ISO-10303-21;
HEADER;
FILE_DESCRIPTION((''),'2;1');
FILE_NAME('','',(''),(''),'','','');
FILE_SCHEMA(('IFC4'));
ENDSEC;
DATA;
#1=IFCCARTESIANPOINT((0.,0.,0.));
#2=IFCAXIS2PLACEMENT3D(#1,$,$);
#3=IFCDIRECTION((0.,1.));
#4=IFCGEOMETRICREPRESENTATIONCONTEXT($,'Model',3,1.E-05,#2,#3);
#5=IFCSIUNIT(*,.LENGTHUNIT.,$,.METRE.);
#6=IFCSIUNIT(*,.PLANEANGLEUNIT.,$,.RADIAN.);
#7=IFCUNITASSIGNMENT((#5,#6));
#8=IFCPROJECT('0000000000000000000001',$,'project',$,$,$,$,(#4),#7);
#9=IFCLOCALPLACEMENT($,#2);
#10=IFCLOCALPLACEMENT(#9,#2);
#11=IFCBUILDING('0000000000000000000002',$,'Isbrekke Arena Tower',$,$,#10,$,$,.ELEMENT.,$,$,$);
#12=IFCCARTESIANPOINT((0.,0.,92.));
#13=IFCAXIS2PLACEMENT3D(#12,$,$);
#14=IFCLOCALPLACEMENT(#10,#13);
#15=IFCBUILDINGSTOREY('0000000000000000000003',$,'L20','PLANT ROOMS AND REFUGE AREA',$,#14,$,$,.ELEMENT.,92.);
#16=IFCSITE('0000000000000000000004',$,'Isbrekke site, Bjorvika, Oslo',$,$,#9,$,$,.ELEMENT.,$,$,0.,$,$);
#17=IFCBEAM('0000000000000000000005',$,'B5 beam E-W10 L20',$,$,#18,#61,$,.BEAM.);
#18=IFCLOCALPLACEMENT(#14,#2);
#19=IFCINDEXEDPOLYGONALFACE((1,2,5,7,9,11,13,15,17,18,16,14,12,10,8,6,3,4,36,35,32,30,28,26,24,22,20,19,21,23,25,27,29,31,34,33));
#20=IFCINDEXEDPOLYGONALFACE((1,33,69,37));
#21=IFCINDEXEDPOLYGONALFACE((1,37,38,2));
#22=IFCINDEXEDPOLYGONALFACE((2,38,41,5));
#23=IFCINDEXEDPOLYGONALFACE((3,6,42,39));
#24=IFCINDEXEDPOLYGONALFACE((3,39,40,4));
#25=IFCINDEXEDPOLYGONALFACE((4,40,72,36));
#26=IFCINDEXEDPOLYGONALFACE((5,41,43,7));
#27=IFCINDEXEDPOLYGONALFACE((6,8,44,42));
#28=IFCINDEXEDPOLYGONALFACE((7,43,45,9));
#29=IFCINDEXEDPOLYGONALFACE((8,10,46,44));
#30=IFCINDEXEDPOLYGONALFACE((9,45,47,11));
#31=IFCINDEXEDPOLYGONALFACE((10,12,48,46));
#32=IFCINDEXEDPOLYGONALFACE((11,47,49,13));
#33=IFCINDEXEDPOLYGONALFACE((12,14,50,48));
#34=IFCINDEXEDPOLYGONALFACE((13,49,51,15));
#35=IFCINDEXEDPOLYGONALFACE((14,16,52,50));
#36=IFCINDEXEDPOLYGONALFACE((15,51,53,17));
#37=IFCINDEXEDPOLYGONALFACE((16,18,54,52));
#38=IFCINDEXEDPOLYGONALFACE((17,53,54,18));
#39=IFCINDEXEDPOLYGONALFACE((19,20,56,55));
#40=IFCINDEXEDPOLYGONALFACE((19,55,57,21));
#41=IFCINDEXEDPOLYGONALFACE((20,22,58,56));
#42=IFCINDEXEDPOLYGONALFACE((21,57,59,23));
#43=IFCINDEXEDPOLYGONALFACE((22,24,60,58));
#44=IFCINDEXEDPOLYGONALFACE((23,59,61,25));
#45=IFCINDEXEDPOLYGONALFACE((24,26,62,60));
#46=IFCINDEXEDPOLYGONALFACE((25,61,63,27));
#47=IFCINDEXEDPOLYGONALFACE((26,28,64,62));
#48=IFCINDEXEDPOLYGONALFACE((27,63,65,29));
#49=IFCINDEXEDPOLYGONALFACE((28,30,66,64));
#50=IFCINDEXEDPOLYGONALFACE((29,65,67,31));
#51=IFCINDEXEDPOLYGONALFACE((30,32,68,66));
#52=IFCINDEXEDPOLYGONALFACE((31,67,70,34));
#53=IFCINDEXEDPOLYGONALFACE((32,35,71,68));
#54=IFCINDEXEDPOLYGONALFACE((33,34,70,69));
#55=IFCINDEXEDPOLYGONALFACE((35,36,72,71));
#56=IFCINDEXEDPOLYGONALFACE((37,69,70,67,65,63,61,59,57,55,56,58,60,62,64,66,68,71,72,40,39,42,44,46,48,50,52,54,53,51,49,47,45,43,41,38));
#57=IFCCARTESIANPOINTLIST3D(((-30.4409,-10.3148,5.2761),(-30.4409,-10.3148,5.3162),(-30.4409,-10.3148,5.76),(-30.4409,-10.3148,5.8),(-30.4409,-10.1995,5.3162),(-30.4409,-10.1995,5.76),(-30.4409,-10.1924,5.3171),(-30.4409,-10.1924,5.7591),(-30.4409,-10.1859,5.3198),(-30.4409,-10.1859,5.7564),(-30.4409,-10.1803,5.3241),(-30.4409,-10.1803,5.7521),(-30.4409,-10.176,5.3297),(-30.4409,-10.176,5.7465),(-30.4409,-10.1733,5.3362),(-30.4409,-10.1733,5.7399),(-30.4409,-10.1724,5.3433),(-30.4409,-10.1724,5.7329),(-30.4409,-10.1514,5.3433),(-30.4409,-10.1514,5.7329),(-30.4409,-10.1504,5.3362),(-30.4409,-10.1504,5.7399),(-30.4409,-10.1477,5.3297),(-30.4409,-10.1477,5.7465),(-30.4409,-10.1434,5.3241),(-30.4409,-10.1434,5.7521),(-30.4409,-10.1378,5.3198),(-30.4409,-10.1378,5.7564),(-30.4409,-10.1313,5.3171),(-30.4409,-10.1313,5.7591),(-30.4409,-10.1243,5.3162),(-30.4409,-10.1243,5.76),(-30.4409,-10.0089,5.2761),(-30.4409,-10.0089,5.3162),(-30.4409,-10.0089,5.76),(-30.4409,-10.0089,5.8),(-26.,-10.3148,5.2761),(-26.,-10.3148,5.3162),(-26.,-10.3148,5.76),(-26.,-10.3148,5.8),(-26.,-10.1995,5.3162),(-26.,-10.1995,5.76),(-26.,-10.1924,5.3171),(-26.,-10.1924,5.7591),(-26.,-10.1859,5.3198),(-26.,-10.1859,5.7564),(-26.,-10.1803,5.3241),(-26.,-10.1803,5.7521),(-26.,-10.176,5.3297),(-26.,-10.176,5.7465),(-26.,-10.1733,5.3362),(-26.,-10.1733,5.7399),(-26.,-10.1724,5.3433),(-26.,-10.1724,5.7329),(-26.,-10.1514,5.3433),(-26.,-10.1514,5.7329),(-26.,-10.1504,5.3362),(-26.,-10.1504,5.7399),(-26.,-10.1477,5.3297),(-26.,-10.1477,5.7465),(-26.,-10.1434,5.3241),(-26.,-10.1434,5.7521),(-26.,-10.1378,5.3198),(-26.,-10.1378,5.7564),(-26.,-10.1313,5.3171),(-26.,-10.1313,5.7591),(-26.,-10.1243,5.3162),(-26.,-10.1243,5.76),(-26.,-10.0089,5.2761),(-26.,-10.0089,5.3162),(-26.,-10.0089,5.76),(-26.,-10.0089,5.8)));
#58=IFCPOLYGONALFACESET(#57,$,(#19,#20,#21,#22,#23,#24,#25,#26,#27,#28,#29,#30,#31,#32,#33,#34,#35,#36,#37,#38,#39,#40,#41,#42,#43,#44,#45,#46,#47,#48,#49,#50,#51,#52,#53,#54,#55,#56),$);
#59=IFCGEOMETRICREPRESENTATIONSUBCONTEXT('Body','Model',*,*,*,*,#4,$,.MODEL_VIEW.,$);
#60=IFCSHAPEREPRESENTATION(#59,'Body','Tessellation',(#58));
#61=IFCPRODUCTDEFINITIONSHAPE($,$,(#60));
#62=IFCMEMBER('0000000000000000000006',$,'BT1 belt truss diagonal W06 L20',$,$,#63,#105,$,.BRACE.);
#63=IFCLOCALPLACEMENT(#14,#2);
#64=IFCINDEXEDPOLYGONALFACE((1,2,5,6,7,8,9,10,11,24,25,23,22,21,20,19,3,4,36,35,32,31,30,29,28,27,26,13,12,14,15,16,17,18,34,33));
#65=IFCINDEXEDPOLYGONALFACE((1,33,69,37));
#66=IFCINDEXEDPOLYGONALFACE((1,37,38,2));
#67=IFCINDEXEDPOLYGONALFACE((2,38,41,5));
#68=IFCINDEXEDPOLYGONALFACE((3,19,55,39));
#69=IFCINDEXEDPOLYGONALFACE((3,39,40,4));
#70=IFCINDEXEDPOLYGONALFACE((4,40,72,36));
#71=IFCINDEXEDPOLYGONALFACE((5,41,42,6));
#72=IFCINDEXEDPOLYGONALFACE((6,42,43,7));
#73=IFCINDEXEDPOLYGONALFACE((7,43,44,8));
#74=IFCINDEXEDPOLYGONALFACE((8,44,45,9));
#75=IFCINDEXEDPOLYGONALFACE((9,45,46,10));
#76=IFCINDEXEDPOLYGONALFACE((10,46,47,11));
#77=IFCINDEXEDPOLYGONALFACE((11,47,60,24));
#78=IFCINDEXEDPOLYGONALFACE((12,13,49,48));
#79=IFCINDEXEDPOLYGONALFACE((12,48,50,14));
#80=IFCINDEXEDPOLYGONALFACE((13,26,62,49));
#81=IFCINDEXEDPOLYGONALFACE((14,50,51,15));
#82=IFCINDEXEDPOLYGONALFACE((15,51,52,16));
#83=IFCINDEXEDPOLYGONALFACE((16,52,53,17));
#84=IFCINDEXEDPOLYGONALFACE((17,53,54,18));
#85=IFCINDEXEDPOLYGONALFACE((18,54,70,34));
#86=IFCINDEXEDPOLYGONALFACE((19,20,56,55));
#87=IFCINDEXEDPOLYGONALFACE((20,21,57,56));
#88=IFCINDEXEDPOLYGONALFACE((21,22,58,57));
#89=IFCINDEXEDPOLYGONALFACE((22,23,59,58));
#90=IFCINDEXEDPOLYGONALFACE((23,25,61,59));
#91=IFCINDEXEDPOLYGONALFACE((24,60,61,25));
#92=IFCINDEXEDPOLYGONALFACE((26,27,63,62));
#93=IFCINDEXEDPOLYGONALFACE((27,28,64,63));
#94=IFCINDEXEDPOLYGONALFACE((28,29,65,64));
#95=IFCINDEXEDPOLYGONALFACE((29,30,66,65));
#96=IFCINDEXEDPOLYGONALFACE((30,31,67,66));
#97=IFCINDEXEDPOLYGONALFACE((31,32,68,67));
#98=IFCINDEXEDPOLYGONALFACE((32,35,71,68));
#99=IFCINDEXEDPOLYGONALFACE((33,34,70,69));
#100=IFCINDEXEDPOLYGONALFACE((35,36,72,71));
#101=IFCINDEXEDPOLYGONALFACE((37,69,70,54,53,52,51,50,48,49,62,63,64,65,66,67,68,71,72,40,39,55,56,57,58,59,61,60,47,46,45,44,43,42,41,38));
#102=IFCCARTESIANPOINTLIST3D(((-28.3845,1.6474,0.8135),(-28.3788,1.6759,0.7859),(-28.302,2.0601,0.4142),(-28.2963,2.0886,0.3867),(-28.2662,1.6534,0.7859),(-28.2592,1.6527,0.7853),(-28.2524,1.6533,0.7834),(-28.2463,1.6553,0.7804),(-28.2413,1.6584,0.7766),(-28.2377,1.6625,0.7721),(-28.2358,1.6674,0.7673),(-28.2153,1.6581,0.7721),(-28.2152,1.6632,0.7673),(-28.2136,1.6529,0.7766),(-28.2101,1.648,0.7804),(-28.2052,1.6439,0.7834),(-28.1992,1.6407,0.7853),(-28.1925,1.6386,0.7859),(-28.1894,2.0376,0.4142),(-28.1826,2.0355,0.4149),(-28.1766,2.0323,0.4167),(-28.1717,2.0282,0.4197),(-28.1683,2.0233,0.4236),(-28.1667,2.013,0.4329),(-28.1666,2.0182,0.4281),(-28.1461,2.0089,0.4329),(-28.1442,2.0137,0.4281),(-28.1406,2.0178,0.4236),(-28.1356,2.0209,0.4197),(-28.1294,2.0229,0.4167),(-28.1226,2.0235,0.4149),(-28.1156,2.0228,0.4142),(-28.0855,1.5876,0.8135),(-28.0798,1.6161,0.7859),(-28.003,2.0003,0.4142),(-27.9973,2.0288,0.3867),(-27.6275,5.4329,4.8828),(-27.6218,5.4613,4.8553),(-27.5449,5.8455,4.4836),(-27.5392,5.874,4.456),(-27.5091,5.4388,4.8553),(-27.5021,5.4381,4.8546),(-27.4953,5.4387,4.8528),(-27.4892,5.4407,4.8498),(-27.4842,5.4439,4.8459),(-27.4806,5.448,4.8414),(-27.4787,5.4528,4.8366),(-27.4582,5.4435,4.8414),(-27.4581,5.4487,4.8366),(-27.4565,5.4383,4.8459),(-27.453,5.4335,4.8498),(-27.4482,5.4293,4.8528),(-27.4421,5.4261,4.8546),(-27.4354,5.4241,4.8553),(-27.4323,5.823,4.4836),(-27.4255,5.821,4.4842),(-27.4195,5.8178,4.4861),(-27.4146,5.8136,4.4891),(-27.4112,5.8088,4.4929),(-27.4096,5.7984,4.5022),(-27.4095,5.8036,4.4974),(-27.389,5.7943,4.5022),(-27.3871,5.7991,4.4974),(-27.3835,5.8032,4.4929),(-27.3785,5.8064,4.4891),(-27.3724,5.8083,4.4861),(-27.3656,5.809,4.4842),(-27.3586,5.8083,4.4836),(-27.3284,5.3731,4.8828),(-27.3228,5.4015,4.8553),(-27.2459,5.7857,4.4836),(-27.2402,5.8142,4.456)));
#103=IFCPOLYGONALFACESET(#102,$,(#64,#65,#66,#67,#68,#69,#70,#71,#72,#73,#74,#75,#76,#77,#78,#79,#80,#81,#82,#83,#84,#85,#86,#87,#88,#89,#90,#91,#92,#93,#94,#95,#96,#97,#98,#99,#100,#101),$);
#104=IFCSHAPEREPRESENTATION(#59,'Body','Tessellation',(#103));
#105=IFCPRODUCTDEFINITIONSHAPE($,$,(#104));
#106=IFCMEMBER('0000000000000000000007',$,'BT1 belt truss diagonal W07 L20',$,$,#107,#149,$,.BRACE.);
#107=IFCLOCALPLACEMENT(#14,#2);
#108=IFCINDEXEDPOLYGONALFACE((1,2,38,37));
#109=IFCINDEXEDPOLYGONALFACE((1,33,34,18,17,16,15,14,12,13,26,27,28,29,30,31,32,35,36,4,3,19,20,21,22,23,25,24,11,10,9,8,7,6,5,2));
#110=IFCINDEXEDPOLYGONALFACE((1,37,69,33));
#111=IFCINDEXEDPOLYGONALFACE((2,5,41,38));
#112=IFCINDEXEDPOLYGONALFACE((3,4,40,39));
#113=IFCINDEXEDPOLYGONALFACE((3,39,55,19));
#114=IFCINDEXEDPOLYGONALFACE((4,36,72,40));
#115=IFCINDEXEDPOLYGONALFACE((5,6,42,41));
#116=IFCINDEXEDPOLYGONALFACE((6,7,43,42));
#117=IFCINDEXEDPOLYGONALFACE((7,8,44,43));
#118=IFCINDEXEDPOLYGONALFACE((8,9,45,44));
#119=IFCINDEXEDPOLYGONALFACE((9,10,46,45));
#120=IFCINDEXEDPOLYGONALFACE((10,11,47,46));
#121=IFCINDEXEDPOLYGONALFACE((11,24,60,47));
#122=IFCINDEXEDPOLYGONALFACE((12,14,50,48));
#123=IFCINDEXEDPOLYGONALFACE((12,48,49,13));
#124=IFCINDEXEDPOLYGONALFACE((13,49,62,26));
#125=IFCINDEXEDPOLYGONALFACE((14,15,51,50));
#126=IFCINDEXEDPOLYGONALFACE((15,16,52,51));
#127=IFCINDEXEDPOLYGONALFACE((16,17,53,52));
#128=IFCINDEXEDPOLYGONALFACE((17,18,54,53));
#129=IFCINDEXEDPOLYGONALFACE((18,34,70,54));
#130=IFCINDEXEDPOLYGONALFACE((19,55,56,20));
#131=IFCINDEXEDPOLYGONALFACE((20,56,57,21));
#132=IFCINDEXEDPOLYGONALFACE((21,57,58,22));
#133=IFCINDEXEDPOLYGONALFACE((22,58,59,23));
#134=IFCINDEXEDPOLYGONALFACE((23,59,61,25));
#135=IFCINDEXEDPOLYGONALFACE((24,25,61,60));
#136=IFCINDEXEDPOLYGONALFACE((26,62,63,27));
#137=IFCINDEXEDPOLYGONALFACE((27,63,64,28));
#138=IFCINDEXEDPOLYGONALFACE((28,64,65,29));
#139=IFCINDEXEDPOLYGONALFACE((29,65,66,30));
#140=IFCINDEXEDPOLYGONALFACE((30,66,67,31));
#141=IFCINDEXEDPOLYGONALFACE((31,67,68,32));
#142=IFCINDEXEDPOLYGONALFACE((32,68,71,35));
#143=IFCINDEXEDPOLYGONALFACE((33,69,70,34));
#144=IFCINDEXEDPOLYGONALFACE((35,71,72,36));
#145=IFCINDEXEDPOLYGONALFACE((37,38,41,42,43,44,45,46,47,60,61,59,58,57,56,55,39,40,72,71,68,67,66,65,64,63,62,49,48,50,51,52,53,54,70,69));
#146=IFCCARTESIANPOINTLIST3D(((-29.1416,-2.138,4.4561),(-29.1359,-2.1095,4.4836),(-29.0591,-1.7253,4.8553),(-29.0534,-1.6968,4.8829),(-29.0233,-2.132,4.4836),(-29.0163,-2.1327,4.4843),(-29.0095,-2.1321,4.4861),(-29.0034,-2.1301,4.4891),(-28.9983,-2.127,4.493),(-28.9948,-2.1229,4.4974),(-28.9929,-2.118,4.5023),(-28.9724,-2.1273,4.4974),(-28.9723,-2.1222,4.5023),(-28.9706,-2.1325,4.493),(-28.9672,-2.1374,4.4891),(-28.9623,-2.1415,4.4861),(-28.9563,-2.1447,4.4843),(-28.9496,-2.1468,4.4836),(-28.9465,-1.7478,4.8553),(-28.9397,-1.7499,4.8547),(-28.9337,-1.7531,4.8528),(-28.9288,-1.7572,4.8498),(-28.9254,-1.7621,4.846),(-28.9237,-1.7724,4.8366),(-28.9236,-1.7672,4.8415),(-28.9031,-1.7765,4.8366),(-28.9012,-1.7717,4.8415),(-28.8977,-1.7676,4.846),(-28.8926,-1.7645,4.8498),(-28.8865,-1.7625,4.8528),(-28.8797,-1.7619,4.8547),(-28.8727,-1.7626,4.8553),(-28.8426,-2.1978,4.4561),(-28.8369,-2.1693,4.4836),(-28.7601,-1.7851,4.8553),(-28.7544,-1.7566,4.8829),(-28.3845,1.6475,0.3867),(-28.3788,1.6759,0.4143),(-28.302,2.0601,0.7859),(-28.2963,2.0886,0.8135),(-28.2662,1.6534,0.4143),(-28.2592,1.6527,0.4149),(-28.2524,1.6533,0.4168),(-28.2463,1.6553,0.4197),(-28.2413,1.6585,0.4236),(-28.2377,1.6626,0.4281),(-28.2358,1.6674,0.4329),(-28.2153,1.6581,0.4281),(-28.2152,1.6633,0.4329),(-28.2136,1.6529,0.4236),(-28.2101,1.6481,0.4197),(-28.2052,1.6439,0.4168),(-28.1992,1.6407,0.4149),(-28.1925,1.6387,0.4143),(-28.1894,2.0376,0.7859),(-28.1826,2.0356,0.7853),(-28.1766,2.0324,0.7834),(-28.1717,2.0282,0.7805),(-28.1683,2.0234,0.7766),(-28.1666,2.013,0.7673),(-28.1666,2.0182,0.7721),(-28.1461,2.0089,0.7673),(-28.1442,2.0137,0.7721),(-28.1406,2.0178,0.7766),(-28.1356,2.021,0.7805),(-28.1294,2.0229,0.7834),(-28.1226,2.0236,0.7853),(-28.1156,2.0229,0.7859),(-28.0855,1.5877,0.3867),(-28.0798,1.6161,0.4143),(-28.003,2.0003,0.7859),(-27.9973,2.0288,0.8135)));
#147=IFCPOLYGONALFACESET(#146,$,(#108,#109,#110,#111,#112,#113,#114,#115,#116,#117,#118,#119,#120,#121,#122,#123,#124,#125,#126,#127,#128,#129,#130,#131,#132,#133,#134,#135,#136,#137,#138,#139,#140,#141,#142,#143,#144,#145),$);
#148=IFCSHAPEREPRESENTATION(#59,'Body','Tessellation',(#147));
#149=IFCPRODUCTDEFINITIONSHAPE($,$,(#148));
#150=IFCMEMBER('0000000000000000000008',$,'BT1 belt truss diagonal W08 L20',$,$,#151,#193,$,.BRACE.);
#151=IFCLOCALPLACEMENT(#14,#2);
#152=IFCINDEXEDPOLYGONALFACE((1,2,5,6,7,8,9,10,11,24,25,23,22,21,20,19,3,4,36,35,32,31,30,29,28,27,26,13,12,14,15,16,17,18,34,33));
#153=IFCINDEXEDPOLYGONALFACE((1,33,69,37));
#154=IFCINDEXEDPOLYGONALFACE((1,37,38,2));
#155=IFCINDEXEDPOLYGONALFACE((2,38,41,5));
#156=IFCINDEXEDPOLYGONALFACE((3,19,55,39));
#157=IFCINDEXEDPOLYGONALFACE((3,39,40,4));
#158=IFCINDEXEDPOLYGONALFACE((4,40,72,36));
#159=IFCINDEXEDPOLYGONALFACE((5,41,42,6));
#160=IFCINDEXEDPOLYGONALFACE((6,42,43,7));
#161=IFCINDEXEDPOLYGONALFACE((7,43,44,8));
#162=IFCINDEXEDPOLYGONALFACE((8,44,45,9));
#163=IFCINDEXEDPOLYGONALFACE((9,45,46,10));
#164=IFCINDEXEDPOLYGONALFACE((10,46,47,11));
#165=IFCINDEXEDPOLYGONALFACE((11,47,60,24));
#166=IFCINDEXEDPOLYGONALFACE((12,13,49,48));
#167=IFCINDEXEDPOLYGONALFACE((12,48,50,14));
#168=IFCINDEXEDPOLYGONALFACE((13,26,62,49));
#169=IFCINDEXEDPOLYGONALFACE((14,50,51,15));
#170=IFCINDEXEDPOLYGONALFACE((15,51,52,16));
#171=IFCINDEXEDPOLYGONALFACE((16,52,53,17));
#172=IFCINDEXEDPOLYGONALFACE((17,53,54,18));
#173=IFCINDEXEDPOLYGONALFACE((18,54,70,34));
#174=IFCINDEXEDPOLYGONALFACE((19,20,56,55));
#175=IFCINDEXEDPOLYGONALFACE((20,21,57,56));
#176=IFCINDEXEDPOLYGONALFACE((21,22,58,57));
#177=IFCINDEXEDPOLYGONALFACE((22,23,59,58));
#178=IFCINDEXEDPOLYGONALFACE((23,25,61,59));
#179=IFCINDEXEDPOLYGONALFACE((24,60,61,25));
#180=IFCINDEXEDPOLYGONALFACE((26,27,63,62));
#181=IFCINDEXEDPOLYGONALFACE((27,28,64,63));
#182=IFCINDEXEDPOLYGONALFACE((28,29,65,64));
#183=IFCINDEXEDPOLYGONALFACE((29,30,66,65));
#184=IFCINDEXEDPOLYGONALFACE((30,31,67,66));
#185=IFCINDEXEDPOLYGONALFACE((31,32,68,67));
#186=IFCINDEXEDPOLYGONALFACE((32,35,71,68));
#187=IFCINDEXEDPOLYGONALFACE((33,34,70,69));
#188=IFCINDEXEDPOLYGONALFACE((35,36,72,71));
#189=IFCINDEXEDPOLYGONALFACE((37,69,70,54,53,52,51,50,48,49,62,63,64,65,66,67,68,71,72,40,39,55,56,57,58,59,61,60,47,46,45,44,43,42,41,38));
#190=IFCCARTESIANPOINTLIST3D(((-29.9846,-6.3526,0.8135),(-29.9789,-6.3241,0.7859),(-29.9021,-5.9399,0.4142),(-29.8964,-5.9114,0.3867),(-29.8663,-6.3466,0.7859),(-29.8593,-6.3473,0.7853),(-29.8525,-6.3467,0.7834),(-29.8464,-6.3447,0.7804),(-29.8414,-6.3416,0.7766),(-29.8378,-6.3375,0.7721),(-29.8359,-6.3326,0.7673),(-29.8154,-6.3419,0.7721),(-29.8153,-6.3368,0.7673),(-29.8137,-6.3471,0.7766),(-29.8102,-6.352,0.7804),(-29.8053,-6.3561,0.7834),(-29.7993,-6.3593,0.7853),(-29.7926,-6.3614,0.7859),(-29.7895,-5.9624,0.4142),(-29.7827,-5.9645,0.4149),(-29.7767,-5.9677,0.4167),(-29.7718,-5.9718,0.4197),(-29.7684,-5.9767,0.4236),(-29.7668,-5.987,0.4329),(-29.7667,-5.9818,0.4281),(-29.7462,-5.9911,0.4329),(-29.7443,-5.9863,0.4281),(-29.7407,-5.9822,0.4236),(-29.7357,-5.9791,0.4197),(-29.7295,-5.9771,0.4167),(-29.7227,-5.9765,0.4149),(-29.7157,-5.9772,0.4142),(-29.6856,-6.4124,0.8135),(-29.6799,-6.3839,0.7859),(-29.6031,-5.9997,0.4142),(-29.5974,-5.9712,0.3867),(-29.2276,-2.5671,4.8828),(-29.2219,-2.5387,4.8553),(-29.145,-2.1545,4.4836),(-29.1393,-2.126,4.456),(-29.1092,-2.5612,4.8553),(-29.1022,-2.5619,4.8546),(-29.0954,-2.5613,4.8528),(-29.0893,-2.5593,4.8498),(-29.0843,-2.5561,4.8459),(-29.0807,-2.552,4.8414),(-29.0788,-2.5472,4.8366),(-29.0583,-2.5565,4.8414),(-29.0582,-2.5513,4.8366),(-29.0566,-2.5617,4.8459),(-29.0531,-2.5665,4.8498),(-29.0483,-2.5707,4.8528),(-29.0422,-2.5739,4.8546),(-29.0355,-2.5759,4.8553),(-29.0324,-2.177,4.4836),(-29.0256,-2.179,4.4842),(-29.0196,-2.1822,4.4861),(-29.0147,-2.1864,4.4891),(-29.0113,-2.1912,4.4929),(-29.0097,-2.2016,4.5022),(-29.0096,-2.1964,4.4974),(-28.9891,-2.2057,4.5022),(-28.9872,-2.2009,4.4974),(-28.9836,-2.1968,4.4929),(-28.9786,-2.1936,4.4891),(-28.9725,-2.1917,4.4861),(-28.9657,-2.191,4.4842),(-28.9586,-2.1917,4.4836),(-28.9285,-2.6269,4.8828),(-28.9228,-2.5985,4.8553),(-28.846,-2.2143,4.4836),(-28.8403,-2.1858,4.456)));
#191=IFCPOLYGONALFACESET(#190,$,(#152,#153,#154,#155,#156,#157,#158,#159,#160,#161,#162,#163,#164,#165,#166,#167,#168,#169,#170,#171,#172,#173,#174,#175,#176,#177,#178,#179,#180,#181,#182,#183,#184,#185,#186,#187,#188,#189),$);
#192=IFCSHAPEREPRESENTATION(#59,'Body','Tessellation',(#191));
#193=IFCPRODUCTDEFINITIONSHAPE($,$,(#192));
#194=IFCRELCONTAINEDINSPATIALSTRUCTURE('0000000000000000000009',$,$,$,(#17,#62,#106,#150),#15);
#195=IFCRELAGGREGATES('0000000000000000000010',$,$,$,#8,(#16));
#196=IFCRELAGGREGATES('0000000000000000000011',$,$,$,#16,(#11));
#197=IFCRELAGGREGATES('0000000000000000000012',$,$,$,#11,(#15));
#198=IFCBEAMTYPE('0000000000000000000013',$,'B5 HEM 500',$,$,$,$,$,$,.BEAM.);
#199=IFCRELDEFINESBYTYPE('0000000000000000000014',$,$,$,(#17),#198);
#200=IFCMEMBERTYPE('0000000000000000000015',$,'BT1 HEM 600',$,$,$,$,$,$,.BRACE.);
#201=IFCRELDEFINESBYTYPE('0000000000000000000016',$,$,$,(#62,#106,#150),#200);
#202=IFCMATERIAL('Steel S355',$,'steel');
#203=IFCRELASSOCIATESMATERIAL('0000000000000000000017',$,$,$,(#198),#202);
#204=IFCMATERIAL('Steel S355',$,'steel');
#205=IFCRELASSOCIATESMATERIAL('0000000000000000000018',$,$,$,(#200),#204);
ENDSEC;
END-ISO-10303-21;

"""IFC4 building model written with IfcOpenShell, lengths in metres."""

from ifc_helpers import new_model, si_unit, direction, frame, origin, origin_2d, place, context, subcontext, project, spatial, i_section, extrude, material, material_profile, profile_set, type_object, element, save


model = new_model("IFC4")

# Units and contexts
model_context = context("Model", 3, precision=1e-05, world=origin(), true_north=direction((0.0, 1.0)))
body_context = subcontext(model_context, "Body", "Model", "MODEL_VIEW")
ifc_project = project(units=[si_unit("LENGTHUNIT", "METRE"), si_unit("PLANEANGLEUNIT", "RADIAN")], contexts=[model_context])

# Site, building, storey
site_placement = place(None, origin())
site = spatial("IfcSite", under=ifc_project, at=site_placement, Name="Isbrekke site, Bjorvika, Oslo", CompositionType="ELEMENT", RefElevation=0.0)
building_placement = place(site_placement, origin())
building = spatial("IfcBuilding", under=site, at=building_placement, Name="Isbrekke Arena Tower", CompositionType="ELEMENT")
storey_placement = place(building_placement, frame((0.0, 0.0, 92.0)))
storey = spatial("IfcBuildingStorey", under=building, at=storey_placement, Name="L20", Description="PLANT ROOMS AND REFUGE AREA", CompositionType="ELEMENT", Elevation=92.0)

# Beam
ifc_material_1 = material(Name="Steel S355", Category="steel")
ifc_material_profile_1 = material_profile(ifc_material_1, i_section(OverallWidth=0.3059, OverallDepth=0.5239, WebThickness=0.021, FlangeThickness=0.04, FilletRadius=0.0271, at=origin_2d()), Name="HEM 500")
ifc_profile_set_1 = profile_set([ifc_material_profile_1], Name="Steel S355")
beam_type_1 = type_object("IfcBeamType", Name="B5 HEM 500", PredefinedType="BEAM", material=ifc_profile_set_1)
beam_1_placement = place(storey_placement, frame((-30.4409, -10.1619, 5.5381), z_axis=(1.0, 0.0, 0.0), x_axis=(0.0, 1.0, 0.0)))
element("IfcBeam", 1, at=beam_1_placement, inside=storey, type_object=beam_type_1, Name="B5 beam E-W10 L20", PredefinedType="BEAM", context=body_context, shape_type="SweptSolid", body=[
    extrude(i_section(OverallWidth=0.3059, OverallDepth=0.5239, WebThickness=0.021, FlangeThickness=0.04, FilletRadius=0.0271, at=origin_2d()), origin(), (0.0, 0.0, 1.0), 4.4409),
])

# Members
ifc_material_2 = material(Name="Steel S355", Category="steel")
ifc_material_profile_2 = material_profile(ifc_material_2, i_section(OverallWidth=0.3049, OverallDepth=0.6201, WebThickness=0.021, FlangeThickness=0.04, FilletRadius=0.0271, at=origin_2d()), Name="HEM 600")
ifc_profile_set_2 = profile_set([ifc_material_profile_2], Name="Steel S355")
member_type_1 = type_object("IfcMemberType", Name="BT1 HEM 600", PredefinedType="BRACE", material=ifc_profile_set_2)
for number, where, z_axis, x_axis, name in (
    (2, (-27.4338, 5.6235, 4.6694), (-0.134974, -0.674869, -0.725489), (0.980581, -0.196116, 0.0), "BT1 belt truss diagonal W06 L20"),
    (3, (-28.1909, 1.8381, 0.6001), (-0.134974, -0.674869, 0.725489), (0.980581, -0.196116, 0.0), "BT1 belt truss diagonal W07 L20"),
    (4, (-29.0339, -2.3765, 4.6694), (-0.134974, -0.674869, -0.725489), (0.980581, -0.196116, 0.0), "BT1 belt truss diagonal W08 L20"),
):
    element("IfcMember", number, at=place(storey_placement, frame(where, z_axis=z_axis, x_axis=x_axis)), inside=storey, type_object=member_type_1, Name=name, PredefinedType="BRACE", context=body_context, shape_type="SweptSolid", body=[
        extrude(i_section(OverallWidth=0.3049, OverallDepth=0.6201, WebThickness=0.021, FlangeThickness=0.04, FilletRadius=0.0271, at=origin_2d()), origin(), (0.0, 0.0, 1.0), 5.6091),
    ])

save(model, "model.ifc")
